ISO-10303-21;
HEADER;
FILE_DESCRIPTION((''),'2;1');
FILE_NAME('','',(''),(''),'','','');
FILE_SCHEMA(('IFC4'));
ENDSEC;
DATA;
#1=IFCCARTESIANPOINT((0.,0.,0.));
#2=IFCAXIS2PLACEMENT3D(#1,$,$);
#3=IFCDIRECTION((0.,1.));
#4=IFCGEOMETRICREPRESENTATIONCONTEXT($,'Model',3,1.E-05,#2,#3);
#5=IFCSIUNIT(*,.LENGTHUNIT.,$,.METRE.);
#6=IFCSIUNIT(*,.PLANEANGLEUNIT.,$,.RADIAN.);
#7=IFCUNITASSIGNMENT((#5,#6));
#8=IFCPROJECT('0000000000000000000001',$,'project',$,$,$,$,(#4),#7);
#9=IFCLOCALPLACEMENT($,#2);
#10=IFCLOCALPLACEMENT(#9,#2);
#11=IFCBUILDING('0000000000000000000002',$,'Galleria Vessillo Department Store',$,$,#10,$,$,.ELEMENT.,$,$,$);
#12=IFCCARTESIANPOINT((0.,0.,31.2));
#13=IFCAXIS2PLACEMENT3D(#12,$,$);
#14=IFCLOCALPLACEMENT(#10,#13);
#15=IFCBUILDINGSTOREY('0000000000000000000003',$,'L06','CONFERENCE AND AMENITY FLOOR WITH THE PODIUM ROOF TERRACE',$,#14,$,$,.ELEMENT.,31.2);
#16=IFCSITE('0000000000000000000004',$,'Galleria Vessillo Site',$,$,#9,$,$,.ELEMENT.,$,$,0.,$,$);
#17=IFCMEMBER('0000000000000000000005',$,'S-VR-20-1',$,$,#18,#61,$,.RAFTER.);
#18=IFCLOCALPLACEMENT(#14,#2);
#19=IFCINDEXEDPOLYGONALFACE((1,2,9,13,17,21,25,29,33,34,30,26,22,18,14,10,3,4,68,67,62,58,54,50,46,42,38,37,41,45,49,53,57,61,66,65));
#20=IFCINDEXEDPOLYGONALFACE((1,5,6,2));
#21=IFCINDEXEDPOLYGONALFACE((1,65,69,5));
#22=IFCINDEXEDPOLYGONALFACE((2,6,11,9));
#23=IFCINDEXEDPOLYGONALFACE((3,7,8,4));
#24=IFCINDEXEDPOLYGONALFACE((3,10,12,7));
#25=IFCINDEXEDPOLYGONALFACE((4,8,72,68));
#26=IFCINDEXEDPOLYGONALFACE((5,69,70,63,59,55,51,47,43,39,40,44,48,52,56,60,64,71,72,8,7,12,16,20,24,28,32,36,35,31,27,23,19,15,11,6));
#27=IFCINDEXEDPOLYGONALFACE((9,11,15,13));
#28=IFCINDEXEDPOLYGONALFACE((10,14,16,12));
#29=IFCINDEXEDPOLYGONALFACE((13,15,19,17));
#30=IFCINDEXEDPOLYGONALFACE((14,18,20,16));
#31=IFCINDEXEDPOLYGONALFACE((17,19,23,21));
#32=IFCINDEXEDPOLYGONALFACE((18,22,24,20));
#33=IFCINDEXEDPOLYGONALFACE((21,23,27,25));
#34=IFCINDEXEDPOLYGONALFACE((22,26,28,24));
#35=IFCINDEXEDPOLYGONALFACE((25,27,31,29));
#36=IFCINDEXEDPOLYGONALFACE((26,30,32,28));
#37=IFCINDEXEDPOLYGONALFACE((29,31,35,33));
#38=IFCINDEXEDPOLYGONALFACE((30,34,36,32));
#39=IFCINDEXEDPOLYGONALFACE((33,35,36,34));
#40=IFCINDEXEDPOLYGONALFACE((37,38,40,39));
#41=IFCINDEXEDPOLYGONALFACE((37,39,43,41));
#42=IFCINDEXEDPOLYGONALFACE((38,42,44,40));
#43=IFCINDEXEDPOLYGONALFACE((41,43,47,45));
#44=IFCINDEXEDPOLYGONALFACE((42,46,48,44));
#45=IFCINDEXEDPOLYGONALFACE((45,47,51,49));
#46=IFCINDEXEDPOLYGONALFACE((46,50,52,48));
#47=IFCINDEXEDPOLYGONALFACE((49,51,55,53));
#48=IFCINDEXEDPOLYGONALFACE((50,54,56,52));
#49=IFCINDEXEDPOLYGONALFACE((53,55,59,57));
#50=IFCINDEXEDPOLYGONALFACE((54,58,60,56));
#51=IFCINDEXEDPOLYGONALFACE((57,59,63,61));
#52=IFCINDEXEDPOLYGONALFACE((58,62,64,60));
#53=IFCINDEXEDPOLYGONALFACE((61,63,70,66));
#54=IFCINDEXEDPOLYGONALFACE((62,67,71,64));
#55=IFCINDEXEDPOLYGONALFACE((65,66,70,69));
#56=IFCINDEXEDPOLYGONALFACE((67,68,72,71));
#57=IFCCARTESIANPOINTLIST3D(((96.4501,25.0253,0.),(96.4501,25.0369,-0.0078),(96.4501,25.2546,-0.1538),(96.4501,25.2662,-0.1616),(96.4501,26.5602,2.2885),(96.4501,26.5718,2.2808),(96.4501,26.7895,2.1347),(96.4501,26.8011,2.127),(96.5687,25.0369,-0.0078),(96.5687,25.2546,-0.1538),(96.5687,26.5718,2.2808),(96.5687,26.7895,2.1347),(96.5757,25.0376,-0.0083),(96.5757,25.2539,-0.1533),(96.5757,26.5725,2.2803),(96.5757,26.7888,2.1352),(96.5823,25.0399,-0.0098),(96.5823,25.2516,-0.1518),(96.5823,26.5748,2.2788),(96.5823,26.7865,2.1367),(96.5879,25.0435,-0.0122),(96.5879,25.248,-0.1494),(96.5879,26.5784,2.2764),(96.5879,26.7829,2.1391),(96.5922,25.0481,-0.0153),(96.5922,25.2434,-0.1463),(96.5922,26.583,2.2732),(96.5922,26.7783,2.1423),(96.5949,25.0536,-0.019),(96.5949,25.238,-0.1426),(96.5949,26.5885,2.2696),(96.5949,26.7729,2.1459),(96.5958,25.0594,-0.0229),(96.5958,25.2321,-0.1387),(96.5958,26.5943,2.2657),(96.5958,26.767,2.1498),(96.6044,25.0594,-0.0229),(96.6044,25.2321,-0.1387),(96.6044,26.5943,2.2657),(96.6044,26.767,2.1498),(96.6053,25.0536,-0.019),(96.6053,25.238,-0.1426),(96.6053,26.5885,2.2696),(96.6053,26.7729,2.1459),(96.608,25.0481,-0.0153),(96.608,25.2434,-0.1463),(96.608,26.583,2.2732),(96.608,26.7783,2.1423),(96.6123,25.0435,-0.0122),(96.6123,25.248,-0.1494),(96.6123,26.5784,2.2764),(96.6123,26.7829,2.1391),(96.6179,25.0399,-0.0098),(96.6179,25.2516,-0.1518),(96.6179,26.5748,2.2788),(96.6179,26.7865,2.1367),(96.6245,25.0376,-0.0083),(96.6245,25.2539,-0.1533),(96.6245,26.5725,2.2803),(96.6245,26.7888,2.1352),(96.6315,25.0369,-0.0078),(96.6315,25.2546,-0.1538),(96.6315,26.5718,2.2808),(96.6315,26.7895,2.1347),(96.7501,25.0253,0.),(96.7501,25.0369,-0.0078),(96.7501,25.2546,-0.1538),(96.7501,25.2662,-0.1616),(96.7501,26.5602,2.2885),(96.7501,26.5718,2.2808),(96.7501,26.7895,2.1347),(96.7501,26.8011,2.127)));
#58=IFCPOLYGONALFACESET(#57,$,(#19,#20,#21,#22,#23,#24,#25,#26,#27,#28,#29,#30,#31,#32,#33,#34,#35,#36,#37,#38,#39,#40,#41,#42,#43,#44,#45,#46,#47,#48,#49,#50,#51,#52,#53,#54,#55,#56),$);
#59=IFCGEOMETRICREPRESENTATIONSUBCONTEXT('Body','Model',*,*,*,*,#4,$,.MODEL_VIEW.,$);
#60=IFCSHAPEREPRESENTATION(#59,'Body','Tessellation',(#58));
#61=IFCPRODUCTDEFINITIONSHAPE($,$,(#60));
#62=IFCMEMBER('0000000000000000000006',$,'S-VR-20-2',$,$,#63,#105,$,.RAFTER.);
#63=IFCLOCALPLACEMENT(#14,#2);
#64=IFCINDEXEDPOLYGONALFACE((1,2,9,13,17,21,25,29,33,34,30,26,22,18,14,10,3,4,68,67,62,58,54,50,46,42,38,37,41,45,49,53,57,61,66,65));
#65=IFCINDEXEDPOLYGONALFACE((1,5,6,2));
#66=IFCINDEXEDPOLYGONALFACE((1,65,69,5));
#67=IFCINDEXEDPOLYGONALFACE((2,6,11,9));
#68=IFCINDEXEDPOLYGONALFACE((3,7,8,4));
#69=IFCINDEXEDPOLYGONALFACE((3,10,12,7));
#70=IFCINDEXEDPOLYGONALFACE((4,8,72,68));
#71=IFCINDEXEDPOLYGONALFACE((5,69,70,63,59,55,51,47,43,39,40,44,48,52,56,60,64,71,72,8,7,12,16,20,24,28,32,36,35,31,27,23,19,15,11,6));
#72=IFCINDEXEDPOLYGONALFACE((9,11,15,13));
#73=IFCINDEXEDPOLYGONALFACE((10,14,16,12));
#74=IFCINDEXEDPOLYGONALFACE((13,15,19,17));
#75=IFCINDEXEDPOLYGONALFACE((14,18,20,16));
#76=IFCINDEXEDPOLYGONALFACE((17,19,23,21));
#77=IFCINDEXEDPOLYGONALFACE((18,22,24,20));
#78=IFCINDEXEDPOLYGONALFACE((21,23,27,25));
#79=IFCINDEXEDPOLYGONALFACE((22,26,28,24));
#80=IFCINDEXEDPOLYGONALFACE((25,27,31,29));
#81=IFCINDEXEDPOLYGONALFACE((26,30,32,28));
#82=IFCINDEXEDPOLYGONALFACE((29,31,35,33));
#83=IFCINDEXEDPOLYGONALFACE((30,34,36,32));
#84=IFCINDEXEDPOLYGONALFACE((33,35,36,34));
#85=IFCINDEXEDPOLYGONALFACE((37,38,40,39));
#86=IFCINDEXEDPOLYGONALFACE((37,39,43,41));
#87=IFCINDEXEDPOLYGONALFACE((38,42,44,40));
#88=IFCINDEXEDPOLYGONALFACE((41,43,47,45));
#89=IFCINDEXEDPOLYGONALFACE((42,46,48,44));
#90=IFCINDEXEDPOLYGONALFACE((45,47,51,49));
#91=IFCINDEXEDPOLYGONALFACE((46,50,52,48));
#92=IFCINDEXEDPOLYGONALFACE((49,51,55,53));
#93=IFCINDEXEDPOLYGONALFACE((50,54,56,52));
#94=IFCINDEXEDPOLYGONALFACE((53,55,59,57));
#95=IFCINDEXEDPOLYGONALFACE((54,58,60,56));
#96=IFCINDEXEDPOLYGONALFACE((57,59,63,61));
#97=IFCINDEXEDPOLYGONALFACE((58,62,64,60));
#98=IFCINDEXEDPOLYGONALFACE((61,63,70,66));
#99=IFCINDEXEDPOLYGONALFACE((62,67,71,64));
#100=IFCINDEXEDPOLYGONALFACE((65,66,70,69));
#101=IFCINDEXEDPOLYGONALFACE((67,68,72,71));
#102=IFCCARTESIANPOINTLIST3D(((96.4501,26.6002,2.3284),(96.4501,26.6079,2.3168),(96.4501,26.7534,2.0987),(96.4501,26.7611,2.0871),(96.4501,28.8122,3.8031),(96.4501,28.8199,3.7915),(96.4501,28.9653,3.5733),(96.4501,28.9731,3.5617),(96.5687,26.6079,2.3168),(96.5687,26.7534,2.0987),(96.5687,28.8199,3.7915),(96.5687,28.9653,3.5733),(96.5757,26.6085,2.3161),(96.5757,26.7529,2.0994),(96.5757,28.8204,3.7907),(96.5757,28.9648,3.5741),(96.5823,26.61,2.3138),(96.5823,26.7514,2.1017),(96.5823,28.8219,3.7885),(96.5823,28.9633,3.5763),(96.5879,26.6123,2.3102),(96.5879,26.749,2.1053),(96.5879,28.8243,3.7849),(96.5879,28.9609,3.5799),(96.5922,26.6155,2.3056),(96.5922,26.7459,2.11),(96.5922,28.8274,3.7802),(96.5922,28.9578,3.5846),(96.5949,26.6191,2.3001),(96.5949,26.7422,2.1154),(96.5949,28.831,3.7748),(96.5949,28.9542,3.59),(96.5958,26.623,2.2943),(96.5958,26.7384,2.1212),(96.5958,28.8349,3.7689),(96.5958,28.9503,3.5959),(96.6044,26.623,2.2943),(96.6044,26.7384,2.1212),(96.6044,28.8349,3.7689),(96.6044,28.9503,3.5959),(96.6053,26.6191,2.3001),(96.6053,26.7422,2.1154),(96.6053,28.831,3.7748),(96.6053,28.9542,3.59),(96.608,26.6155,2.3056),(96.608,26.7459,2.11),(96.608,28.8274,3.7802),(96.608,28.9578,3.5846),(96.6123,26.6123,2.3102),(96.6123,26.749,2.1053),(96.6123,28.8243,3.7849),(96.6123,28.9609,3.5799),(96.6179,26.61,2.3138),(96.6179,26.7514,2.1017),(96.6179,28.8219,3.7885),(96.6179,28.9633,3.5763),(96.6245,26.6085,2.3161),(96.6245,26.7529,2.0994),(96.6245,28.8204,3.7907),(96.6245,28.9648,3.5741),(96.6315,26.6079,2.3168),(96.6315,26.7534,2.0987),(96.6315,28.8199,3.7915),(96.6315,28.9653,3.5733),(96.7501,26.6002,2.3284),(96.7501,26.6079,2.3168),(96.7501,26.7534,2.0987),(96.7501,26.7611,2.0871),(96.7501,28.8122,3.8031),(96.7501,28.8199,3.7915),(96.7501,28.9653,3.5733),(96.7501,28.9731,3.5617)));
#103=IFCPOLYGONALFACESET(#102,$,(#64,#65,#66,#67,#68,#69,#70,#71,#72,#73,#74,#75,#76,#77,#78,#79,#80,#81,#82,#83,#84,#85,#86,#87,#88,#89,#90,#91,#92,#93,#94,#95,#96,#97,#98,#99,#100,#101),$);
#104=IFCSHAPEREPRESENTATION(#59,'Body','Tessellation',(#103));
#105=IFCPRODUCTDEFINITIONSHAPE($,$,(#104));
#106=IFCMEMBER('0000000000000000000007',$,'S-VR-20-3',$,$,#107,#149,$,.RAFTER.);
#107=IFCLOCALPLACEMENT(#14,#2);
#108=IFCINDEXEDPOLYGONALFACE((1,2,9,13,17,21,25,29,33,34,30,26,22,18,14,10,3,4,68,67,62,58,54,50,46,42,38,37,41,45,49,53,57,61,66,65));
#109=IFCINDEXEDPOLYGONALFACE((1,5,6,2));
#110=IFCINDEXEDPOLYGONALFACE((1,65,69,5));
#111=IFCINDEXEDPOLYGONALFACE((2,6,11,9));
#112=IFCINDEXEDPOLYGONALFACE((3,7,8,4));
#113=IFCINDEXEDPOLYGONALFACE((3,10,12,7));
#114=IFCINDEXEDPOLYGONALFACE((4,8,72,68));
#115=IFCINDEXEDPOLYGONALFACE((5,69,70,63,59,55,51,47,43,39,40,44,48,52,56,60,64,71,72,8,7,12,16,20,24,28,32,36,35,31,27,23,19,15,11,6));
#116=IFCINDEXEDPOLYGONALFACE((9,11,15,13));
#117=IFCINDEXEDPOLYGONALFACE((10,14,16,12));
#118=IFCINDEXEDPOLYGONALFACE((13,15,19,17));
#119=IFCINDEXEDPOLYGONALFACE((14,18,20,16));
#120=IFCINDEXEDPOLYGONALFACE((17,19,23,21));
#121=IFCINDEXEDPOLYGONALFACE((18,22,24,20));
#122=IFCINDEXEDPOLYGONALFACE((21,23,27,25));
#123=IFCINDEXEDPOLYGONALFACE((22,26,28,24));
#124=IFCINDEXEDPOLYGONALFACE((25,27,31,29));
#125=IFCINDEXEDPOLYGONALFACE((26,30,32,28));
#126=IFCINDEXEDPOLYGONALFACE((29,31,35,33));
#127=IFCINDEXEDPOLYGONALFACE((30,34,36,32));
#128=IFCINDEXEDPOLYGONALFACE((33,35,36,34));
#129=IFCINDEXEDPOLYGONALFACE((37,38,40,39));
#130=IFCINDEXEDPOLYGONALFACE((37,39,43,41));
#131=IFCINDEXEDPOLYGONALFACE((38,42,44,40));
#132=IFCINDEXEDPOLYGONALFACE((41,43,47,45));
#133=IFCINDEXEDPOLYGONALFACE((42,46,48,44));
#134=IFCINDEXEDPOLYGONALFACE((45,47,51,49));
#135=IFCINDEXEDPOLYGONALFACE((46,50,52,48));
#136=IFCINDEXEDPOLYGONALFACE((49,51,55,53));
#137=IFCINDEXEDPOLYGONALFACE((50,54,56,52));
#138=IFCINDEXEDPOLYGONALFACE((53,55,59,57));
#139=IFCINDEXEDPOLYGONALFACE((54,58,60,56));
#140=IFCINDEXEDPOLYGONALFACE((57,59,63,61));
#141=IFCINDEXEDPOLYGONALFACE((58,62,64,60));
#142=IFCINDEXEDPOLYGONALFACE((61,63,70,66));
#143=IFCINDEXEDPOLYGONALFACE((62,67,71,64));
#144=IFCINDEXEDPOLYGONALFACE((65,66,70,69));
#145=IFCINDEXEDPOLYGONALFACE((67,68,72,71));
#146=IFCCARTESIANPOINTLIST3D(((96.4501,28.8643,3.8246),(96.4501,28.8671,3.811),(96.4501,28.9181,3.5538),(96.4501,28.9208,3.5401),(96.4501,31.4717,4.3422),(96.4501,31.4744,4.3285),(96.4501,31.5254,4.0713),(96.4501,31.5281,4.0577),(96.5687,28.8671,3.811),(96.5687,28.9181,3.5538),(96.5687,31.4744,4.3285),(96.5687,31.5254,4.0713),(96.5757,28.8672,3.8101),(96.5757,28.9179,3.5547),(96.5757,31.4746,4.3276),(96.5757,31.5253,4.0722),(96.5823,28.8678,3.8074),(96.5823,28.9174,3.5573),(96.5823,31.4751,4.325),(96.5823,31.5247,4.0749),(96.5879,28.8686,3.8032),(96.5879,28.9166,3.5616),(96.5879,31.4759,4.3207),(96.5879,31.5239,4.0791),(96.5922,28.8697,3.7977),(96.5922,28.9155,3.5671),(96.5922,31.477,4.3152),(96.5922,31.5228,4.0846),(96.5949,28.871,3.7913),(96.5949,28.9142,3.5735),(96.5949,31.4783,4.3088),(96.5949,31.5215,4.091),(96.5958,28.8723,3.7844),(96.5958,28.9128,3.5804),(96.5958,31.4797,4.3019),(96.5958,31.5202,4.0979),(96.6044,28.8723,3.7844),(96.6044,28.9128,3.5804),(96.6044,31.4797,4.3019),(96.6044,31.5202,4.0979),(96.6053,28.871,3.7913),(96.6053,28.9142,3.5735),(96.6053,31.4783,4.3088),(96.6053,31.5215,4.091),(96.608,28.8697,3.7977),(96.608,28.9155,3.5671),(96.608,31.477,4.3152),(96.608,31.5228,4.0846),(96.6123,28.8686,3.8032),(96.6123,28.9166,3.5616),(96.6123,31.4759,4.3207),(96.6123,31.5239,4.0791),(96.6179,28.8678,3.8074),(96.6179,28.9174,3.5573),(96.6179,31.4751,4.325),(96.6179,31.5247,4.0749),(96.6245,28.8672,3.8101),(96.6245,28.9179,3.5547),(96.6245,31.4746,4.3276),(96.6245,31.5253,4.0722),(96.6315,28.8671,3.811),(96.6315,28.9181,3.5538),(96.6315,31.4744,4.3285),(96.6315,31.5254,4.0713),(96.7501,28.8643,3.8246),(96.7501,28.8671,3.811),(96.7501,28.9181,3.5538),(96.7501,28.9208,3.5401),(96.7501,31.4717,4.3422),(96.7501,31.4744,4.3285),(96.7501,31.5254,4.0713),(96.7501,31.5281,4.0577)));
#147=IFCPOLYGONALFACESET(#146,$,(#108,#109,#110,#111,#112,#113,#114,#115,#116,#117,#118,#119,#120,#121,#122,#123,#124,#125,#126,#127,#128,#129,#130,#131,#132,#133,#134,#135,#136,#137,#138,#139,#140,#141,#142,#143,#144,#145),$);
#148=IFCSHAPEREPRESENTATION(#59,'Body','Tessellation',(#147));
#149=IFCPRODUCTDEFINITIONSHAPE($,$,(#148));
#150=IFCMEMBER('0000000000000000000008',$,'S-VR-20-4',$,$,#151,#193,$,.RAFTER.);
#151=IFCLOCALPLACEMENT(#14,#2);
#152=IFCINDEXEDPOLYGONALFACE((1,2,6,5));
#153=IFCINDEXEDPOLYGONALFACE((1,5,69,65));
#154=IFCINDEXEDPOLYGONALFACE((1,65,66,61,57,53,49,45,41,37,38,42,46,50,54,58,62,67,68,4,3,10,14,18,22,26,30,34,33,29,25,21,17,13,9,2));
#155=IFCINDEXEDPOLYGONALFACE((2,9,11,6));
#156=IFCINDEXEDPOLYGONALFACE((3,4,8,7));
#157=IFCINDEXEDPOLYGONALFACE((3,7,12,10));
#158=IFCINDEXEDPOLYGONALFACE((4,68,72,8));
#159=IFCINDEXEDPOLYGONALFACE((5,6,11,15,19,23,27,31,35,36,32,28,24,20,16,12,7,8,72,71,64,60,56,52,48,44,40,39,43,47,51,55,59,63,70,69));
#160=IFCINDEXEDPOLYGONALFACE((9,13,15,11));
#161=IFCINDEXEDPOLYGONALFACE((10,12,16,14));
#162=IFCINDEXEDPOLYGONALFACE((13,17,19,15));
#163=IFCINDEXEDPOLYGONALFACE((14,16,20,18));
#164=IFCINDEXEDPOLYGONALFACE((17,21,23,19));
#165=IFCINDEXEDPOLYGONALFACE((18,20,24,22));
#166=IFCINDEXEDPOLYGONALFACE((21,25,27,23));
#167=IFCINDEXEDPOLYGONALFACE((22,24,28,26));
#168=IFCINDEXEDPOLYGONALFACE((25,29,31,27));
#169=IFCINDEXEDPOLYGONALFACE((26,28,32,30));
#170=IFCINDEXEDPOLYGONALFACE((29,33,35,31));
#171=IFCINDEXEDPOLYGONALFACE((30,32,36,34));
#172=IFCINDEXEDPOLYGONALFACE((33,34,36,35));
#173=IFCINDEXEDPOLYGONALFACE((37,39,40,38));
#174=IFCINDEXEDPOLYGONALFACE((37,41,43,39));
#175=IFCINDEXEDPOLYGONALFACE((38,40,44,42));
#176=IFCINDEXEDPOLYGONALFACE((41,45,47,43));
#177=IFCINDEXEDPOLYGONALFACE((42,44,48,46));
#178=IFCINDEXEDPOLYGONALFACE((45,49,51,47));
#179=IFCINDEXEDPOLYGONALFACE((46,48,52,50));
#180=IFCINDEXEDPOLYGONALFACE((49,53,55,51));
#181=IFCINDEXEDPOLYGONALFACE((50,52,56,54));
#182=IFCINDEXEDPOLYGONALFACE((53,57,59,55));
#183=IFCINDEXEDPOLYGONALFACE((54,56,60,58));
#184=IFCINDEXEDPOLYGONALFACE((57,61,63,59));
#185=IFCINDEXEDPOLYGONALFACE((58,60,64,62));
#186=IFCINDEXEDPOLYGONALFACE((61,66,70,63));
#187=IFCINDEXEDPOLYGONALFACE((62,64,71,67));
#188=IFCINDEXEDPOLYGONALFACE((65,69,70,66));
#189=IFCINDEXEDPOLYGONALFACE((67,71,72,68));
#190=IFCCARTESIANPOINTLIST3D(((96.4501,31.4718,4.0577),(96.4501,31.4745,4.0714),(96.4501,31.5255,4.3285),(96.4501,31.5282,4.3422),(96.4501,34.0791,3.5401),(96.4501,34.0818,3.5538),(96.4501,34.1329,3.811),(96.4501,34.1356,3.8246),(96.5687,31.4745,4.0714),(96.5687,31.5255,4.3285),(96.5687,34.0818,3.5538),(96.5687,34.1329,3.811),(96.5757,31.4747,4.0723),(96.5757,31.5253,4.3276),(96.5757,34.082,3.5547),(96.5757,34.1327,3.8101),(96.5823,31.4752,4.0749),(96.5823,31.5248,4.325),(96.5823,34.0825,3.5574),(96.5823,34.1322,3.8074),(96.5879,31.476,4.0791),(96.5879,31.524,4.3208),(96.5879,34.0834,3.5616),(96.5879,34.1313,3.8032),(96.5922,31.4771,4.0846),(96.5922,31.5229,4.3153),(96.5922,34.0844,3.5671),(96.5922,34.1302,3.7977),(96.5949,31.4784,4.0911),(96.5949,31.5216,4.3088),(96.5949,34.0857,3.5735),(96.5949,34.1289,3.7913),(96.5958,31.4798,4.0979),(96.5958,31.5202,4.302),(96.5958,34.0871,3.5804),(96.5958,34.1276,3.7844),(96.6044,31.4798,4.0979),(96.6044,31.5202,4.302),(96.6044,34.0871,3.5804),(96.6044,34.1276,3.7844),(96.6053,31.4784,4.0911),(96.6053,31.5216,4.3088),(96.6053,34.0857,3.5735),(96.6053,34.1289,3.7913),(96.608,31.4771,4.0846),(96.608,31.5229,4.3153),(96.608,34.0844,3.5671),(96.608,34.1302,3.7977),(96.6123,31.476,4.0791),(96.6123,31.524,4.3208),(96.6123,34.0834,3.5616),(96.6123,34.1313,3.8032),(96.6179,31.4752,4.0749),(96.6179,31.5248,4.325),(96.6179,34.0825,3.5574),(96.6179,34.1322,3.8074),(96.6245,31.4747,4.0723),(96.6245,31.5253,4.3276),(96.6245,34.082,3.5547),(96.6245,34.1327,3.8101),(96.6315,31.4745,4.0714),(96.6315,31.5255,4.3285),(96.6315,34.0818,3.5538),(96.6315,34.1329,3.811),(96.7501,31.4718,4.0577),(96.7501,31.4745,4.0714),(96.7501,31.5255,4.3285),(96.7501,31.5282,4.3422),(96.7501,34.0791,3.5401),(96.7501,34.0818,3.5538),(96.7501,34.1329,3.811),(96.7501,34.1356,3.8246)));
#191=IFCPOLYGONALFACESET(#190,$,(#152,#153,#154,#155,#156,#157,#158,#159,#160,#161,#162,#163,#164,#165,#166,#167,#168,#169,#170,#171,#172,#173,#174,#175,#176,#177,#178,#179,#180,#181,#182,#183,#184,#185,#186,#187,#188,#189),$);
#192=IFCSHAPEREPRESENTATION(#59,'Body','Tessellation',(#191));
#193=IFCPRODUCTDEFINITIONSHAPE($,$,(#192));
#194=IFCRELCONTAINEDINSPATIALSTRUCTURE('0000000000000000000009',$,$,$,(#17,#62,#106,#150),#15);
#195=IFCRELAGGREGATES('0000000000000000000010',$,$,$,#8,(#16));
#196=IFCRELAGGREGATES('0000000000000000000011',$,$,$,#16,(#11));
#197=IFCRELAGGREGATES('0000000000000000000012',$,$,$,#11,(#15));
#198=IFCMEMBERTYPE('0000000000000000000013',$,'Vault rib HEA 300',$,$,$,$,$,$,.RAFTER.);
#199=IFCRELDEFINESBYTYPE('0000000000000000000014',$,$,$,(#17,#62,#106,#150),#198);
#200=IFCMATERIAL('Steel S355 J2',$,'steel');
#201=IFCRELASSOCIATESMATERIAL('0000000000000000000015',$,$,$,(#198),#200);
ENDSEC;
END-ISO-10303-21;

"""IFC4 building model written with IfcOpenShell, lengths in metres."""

from ifc_helpers import new_model, si_unit, direction, frame, origin, origin_2d, place, context, subcontext, project, spatial, i_section, extrude, material, material_profile, profile_set, type_object, element, save


model = new_model("IFC4")

# Units and contexts
model_context = context("Model", 3, precision=1e-05, world=origin(), true_north=direction((0.0, 1.0)))
body_context = subcontext(model_context, "Body", "Model", "MODEL_VIEW")
ifc_project = project(units=[si_unit("LENGTHUNIT", "METRE"), si_unit("PLANEANGLEUNIT", "RADIAN")], contexts=[model_context])

# Site, building, storey
site_placement = place(None, origin())
site = spatial("IfcSite", under=ifc_project, at=site_placement, Name="Galleria Vessillo Site", CompositionType="ELEMENT", RefElevation=0.0)
building_placement = place(site_placement, origin())
building = spatial("IfcBuilding", under=site, at=building_placement, Name="Galleria Vessillo Department Store", CompositionType="ELEMENT")
storey_placement = place(building_placement, frame((0.0, 0.0, 31.2)))
storey = spatial("IfcBuildingStorey", under=building, at=storey_placement, Name="L06", Description="CONFERENCE AND AMENITY FLOOR WITH THE PODIUM ROOF TERRACE", CompositionType="ELEMENT", Elevation=31.2)

# Members
ifc_material_1 = material(Name="Steel S355 J2", Category="steel")
ifc_material_profile_1 = material_profile(ifc_material_1, i_section(OverallWidth=0.3, OverallDepth=0.29, WebThickness=0.0085, FlangeThickness=0.0139, FilletRadius=0.0271, at=origin_2d()), Name="HEA 300")
ifc_profile_set_1 = profile_set([ifc_material_profile_1], Name="Steel S355 J2")
member_type_1 = type_object("IfcMemberType", Name="Vault rib HEA 300", PredefinedType="RAFTER", material=ifc_profile_set_1)
member_1_placement = place(storey_placement, frame((96.6001, 25.1458, -0.0808), z_axis=(0.0, 0.557008, 0.830507), x_axis=(-1.0, 0.0, 0.0)))
element("IfcMember", 1, at=member_1_placement, inside=storey, type_object=member_type_1, Name="S-VR-20-1", PredefinedType="RAFTER", context=body_context, shape_type="SweptSolid", body=[
    extrude(i_section(OverallWidth=0.3, OverallDepth=0.29, WebThickness=0.0085, FlangeThickness=0.0139, FilletRadius=0.0271, at=origin_2d()), origin(), (0.0, 0.0, 1.0), 2.7556),
])
member_2_placement = place(storey_placement, frame((96.6001, 26.6807, 2.2078), z_axis=(0.0, 0.83205, 0.5547), x_axis=(-1.0, 0.0, 0.0)))
element("IfcMember", 2, at=member_2_placement, inside=storey, type_object=member_type_1, Name="S-VR-20-2", PredefinedType="RAFTER", context=body_context, shape_type="SweptSolid", body=[
    extrude(i_section(OverallWidth=0.3, OverallDepth=0.29, WebThickness=0.0085, FlangeThickness=0.0139, FilletRadius=0.0271, at=origin_2d()), origin(), (0.0, 0.0, 1.0), 2.6584),
])
for number, where, z_axis, x_axis, name in (
    (3, (96.6001, 28.8926, 3.6824), (0.0, 0.980862, 0.194703), (-1.0, 0.0, 0.0), "S-VR-20-3"),
    (4, (96.6001, 31.5, 4.2), (0.0, 0.980862, -0.194703), (-1.0, 0.0, 0.0), "S-VR-20-4"),
):
    element("IfcMember", number, at=place(storey_placement, frame(where, z_axis=z_axis, x_axis=x_axis)), inside=storey, type_object=member_type_1, Name=name, PredefinedType="RAFTER", context=body_context, shape_type="SweptSolid", body=[
        extrude(i_section(OverallWidth=0.3, OverallDepth=0.29, WebThickness=0.0085, FlangeThickness=0.0139, FilletRadius=0.0271, at=origin_2d()), origin(), (0.0, 0.0, 1.0), 2.6582),
    ])

save(model, "model.ifc")
